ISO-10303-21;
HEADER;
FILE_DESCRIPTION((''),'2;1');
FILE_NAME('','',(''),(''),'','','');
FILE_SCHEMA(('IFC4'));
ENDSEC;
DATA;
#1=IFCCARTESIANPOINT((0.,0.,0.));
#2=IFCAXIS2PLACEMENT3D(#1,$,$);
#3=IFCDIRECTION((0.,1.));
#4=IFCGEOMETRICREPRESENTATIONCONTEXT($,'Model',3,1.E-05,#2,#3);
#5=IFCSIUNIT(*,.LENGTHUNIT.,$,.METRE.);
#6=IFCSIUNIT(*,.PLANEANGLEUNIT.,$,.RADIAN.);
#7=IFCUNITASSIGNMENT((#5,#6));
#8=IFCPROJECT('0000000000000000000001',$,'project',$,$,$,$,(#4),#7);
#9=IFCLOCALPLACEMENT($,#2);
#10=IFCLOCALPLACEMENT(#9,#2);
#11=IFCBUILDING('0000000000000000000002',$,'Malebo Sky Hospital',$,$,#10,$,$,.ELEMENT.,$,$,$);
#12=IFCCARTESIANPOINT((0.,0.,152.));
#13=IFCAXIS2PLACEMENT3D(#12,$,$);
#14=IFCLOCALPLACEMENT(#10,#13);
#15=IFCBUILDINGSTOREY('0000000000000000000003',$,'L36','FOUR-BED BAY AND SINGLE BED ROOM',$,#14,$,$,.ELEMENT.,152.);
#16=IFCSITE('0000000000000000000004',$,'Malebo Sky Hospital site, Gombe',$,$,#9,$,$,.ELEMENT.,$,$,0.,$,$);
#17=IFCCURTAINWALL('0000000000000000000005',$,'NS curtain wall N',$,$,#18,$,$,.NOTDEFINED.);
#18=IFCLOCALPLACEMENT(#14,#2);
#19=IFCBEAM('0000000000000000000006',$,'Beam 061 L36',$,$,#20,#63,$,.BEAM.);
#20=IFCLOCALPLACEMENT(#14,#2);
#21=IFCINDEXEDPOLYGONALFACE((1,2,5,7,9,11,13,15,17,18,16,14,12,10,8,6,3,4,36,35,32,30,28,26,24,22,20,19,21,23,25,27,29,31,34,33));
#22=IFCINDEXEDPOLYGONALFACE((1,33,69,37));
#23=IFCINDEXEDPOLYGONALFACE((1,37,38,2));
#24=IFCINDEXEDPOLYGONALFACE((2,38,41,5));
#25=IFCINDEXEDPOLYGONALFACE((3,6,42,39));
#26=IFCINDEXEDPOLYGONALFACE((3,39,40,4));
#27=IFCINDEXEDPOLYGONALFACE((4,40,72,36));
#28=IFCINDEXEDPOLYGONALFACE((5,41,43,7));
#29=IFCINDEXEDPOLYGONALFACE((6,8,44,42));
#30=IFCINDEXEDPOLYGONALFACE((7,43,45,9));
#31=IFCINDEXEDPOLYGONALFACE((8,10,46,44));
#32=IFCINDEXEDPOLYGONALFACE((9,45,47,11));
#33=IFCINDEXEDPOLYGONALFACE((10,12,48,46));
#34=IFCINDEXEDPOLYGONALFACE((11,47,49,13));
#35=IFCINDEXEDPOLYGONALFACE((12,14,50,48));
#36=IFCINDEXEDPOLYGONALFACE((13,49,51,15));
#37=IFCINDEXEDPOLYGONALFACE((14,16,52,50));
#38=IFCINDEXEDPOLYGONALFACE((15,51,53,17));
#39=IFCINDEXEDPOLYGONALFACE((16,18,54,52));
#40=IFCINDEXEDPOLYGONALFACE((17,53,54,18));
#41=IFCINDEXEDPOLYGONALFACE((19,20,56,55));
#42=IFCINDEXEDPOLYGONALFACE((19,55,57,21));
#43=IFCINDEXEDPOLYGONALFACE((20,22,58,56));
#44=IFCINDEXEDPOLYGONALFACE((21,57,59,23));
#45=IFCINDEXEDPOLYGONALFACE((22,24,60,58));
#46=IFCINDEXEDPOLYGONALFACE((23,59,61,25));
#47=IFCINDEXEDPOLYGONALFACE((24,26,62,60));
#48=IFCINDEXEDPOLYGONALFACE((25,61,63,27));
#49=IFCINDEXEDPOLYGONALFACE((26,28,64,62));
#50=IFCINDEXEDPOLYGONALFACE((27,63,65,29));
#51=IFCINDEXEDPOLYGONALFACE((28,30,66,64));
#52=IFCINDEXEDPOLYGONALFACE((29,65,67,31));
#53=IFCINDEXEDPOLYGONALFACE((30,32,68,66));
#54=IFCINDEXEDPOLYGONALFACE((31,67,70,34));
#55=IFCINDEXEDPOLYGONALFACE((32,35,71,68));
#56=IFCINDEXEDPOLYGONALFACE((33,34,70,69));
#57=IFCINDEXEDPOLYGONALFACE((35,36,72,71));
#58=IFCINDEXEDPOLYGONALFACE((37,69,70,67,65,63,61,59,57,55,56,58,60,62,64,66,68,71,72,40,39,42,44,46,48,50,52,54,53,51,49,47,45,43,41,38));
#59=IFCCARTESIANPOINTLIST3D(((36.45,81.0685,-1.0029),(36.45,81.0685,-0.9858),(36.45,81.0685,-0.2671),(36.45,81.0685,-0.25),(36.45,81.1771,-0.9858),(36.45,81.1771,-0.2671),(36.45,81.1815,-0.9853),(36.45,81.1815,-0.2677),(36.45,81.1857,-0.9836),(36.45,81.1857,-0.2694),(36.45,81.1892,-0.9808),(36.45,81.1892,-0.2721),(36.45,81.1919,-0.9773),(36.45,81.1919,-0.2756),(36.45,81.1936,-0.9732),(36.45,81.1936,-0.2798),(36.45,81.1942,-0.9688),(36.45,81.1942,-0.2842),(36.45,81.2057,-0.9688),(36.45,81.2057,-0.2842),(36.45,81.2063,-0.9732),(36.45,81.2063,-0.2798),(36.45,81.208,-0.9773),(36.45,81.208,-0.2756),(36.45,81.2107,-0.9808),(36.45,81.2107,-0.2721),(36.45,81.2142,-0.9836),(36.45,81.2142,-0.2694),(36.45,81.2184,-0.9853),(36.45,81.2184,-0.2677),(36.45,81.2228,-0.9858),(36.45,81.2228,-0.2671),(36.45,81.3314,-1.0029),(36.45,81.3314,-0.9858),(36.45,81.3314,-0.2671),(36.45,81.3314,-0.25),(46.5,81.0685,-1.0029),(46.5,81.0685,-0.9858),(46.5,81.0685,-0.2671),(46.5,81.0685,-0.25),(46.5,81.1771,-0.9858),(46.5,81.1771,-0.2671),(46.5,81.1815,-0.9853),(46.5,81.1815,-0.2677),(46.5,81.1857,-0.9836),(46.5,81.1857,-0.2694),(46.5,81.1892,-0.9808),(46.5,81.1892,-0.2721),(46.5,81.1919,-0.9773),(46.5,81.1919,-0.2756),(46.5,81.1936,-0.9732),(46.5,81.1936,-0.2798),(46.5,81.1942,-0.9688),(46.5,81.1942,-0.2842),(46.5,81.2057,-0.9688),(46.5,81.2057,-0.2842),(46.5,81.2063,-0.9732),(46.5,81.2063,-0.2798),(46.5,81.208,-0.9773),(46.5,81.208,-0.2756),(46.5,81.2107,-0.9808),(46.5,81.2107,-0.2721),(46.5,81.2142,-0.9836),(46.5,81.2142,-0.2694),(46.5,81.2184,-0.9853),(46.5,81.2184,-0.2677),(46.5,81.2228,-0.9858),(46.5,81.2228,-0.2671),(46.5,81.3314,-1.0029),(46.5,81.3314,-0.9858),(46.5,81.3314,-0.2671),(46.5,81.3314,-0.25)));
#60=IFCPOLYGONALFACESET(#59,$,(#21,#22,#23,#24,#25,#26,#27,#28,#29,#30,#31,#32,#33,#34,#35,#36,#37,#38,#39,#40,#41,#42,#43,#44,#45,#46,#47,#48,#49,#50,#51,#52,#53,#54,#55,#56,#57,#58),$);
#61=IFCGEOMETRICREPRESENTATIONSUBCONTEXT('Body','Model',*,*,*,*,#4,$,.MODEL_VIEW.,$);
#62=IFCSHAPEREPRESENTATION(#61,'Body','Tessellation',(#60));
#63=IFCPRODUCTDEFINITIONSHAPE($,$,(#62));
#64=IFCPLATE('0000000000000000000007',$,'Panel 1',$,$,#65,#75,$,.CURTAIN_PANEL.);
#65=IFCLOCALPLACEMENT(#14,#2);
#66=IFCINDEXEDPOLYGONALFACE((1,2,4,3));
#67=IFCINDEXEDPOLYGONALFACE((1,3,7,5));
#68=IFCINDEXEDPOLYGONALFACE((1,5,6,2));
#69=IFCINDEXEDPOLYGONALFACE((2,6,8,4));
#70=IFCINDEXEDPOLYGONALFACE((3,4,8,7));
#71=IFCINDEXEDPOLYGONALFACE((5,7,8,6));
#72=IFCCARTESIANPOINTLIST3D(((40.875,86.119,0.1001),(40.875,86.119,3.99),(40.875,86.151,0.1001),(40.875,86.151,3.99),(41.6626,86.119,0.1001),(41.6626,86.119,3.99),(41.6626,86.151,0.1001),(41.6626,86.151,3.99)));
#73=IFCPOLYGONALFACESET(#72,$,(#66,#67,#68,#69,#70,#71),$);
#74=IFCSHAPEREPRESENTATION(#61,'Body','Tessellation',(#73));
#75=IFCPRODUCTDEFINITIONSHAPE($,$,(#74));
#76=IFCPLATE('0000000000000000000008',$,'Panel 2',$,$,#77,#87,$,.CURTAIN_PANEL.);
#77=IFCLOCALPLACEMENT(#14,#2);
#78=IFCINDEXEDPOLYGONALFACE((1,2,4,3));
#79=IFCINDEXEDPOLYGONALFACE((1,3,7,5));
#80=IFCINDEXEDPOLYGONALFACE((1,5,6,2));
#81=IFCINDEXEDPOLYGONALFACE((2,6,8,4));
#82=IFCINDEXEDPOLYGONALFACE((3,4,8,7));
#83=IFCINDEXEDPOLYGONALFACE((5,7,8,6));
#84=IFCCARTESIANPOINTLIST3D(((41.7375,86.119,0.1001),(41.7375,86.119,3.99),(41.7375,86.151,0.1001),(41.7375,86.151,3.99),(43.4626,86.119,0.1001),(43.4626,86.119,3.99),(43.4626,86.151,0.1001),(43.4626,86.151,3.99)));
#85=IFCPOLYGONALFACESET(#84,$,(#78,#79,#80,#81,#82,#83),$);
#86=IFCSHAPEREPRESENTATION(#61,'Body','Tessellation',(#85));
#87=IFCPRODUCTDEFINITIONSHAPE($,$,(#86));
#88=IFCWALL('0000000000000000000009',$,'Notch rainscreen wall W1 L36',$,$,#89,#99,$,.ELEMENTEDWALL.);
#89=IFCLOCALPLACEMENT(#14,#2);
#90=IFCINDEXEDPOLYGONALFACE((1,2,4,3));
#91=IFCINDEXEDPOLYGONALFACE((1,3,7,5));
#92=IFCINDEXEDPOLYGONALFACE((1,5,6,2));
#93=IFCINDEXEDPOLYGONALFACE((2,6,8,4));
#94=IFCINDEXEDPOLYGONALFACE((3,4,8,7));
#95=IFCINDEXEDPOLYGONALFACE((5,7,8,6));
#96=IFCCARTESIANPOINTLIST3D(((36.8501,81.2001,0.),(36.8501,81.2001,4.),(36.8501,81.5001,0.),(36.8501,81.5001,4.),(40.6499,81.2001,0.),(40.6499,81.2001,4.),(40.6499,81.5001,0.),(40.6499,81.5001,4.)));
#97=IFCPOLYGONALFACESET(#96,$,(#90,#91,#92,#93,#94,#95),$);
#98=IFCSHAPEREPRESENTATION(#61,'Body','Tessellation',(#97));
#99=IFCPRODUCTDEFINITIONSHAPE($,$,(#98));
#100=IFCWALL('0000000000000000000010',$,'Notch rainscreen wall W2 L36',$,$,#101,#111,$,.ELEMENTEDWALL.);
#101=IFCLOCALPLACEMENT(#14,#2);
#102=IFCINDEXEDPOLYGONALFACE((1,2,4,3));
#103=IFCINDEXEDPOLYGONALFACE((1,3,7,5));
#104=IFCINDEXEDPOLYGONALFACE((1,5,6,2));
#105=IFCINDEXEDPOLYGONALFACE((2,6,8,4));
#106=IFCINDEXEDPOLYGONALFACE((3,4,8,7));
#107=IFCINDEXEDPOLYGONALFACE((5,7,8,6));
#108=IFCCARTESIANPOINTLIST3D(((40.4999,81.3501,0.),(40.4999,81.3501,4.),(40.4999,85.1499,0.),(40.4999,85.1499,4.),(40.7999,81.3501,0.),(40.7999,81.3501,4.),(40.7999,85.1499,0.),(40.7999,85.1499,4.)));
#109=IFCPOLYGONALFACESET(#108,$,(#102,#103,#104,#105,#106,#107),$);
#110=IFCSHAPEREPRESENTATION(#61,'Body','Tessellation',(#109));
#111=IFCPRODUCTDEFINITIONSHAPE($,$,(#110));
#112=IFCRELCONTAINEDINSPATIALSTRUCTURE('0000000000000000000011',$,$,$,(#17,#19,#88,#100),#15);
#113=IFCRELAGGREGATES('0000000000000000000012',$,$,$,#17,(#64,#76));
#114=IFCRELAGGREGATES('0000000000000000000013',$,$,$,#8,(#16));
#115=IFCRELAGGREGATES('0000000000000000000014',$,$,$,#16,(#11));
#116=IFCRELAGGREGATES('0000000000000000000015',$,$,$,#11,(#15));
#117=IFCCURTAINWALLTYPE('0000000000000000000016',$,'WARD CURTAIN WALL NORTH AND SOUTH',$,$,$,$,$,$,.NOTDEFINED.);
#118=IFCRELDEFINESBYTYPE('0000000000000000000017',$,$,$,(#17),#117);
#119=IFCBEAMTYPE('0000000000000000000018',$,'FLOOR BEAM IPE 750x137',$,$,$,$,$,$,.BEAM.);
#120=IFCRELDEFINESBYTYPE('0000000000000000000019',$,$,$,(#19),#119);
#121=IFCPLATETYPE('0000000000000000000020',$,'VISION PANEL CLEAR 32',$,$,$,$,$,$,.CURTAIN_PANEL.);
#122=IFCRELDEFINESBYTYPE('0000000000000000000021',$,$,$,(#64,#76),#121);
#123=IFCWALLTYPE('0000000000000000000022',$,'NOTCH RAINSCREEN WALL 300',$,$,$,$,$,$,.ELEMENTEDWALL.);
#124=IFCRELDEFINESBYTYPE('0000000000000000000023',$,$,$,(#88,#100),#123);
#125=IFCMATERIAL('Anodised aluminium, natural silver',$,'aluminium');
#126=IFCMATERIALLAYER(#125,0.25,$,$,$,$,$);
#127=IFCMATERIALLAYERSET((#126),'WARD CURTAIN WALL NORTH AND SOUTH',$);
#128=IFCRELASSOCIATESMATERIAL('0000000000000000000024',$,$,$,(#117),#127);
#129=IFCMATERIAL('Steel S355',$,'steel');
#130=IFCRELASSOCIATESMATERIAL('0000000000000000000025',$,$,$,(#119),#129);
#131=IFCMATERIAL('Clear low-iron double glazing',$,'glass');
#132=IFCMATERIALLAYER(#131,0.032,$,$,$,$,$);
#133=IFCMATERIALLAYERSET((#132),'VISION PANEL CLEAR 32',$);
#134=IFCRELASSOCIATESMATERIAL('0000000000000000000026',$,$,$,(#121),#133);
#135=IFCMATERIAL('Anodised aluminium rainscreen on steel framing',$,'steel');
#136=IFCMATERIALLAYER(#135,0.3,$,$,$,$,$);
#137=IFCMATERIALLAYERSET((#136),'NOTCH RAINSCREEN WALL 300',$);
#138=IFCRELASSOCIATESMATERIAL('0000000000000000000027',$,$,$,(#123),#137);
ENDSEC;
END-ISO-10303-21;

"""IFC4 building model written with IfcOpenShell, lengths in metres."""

from ifc_helpers import new_model, si_unit, direction, frame, frame_2d, origin, origin_2d, place, context, subcontext, project, spatial, rectangle, i_section, extrude, material, layer, layer_set, material_profile, profile_set, type_object, element, aggregate, save


model = new_model("IFC4")

# Units and contexts
model_context = context("Model", 3, precision=1e-05, world=origin(), true_north=direction((0.0, 1.0)))
body_context = subcontext(model_context, "Body", "Model", "MODEL_VIEW")
ifc_project = project(units=[si_unit("LENGTHUNIT", "METRE"), si_unit("PLANEANGLEUNIT", "RADIAN")], contexts=[model_context])

# Site, building, storey
site_placement = place(None, origin())
site = spatial("IfcSite", under=ifc_project, at=site_placement, Name="Malebo Sky Hospital site, Gombe", CompositionType="ELEMENT", RefElevation=0.0)
building_placement = place(site_placement, origin())
building = spatial("IfcBuilding", under=site, at=building_placement, Name="Malebo Sky Hospital", CompositionType="ELEMENT")
storey_placement = place(building_placement, frame((0.0, 0.0, 152.0)))
storey = spatial("IfcBuildingStorey", under=building, at=storey_placement, Name="L36", Description="FOUR-BED BAY AND SINGLE BED ROOM", CompositionType="ELEMENT", Elevation=152.0)

# Curtain wall
ifc_material_1 = material(Name="Anodised aluminium, natural silver", Category="aluminium")
ifc_layer_1 = layer(ifc_material_1, 0.25)
ifc_layer_set_1 = layer_set([ifc_layer_1], Name="WARD CURTAIN WALL NORTH AND SOUTH")
curtain_wall_type_1 = type_object("IfcCurtainWallType", Name="WARD CURTAIN WALL NORTH AND SOUTH", PredefinedType="NOTDEFINED", material=ifc_layer_set_1)
curtain_wall_1_placement = place(storey_placement, origin())
curtain_wall_1 = element("IfcCurtainWall", 1, at=curtain_wall_1_placement, inside=storey, type_object=curtain_wall_type_1, Name="NS curtain wall N", PredefinedType="NOTDEFINED")

# Beam
ifc_material_2 = material(Name="Steel S355", Category="steel")
ifc_material_profile_1 = material_profile(ifc_material_2, i_section(OverallWidth=0.2629, OverallDepth=0.7529, WebThickness=0.0115, FlangeThickness=0.0171, FilletRadius=0.0171, at=origin_2d()), Name="IPE 750x137")
ifc_profile_set_1 = profile_set([ifc_material_profile_1], Name="Steel S355")
beam_type_1 = type_object("IfcBeamType", Name="FLOOR BEAM IPE 750x137", PredefinedType="BEAM", material=ifc_profile_set_1)
beam_1_placement = place(storey_placement, frame((36.45, 81.2, -0.6265), z_axis=(1.0, 0.0, 0.0), x_axis=(0.0, 1.0, 0.0)))
element("IfcBeam", 2, at=beam_1_placement, inside=storey, type_object=beam_type_1, Name="Beam 061 L36", PredefinedType="BEAM", context=body_context, shape_type="SweptSolid", body=[
    extrude(i_section(OverallWidth=0.2629, OverallDepth=0.7529, WebThickness=0.0115, FlangeThickness=0.0171, FilletRadius=0.0171, at=origin_2d()), origin(), (0.0, 0.0, 1.0), 10.05),
])

# Plates
ifc_material_3 = material(Name="Clear low-iron double glazing", Category="glass")
ifc_layer_2 = layer(ifc_material_3, 0.032)
ifc_layer_set_2 = layer_set([ifc_layer_2], Name="VISION PANEL CLEAR 32")
plate_type = type_object("IfcPlateType", Name="VISION PANEL CLEAR 32", PredefinedType="CURTAIN_PANEL", material=ifc_layer_set_2)
plate_1_placement = place(storey_placement, frame((41.2688, 86.135, 0.1001), z_axis=(0.0, 0.0, 1.0), x_axis=(1.0, 0.0, 0.0)))
plate_1 = element("IfcPlate", 3, at=plate_1_placement, type_object=plate_type, Name="Panel 1", PredefinedType="CURTAIN_PANEL", context=body_context, shape_type="SweptSolid", body=[
    extrude(rectangle(XDim=0.7876, YDim=0.032, at=origin_2d()), origin(), (0.0, 0.0, 1.0), 3.8899),
])
plate_2_placement = place(storey_placement, frame((42.6001, 86.135, 0.1001), z_axis=(0.0, 0.0, 1.0), x_axis=(1.0, 0.0, 0.0)))
plate_2 = element("IfcPlate", 4, at=plate_2_placement, type_object=plate_type, Name="Panel 2", PredefinedType="CURTAIN_PANEL", context=body_context, shape_type="SweptSolid", body=[
    extrude(rectangle(XDim=1.7251, YDim=0.032, at=origin_2d()), origin(), (0.0, 0.0, 1.0), 3.8899),
])
aggregate(curtain_wall_1, [plate_1, plate_2])

# Walls
ifc_material_4 = material(Name="Anodised aluminium rainscreen on steel framing", Category="steel")
ifc_layer_3 = layer(ifc_material_4, 0.3)
ifc_layer_set_3 = layer_set([ifc_layer_3], Name="NOTCH RAINSCREEN WALL 300")
wall_type = type_object("IfcWallType", Name="NOTCH RAINSCREEN WALL 300", PredefinedType="ELEMENTEDWALL", material=ifc_layer_set_3)
for number, where, z_axis, x_axis, name in (
    (5, (36.8501, 81.3501, 0.0), (0.0, 0.0, 1.0), (1.0, 0.0, 0.0), "Notch rainscreen wall W1 L36"),
    (6, (40.6499, 81.3501, 0.0), (0.0, 0.0, 1.0), (0.0, 1.0, 0.0), "Notch rainscreen wall W2 L36"),
):
    element("IfcWall", number, at=place(storey_placement, frame(where, z_axis=z_axis, x_axis=x_axis)), inside=storey, type_object=wall_type, Name=name, PredefinedType="ELEMENTEDWALL", context=body_context, shape_type="SweptSolid", body=[
        extrude(rectangle(XDim=3.7998, YDim=0.3, at=frame_2d((1.8999, 0.0))), origin(), (0.0, 0.0, 1.0), 4.0),
    ])

save(model, "model.ifc")
